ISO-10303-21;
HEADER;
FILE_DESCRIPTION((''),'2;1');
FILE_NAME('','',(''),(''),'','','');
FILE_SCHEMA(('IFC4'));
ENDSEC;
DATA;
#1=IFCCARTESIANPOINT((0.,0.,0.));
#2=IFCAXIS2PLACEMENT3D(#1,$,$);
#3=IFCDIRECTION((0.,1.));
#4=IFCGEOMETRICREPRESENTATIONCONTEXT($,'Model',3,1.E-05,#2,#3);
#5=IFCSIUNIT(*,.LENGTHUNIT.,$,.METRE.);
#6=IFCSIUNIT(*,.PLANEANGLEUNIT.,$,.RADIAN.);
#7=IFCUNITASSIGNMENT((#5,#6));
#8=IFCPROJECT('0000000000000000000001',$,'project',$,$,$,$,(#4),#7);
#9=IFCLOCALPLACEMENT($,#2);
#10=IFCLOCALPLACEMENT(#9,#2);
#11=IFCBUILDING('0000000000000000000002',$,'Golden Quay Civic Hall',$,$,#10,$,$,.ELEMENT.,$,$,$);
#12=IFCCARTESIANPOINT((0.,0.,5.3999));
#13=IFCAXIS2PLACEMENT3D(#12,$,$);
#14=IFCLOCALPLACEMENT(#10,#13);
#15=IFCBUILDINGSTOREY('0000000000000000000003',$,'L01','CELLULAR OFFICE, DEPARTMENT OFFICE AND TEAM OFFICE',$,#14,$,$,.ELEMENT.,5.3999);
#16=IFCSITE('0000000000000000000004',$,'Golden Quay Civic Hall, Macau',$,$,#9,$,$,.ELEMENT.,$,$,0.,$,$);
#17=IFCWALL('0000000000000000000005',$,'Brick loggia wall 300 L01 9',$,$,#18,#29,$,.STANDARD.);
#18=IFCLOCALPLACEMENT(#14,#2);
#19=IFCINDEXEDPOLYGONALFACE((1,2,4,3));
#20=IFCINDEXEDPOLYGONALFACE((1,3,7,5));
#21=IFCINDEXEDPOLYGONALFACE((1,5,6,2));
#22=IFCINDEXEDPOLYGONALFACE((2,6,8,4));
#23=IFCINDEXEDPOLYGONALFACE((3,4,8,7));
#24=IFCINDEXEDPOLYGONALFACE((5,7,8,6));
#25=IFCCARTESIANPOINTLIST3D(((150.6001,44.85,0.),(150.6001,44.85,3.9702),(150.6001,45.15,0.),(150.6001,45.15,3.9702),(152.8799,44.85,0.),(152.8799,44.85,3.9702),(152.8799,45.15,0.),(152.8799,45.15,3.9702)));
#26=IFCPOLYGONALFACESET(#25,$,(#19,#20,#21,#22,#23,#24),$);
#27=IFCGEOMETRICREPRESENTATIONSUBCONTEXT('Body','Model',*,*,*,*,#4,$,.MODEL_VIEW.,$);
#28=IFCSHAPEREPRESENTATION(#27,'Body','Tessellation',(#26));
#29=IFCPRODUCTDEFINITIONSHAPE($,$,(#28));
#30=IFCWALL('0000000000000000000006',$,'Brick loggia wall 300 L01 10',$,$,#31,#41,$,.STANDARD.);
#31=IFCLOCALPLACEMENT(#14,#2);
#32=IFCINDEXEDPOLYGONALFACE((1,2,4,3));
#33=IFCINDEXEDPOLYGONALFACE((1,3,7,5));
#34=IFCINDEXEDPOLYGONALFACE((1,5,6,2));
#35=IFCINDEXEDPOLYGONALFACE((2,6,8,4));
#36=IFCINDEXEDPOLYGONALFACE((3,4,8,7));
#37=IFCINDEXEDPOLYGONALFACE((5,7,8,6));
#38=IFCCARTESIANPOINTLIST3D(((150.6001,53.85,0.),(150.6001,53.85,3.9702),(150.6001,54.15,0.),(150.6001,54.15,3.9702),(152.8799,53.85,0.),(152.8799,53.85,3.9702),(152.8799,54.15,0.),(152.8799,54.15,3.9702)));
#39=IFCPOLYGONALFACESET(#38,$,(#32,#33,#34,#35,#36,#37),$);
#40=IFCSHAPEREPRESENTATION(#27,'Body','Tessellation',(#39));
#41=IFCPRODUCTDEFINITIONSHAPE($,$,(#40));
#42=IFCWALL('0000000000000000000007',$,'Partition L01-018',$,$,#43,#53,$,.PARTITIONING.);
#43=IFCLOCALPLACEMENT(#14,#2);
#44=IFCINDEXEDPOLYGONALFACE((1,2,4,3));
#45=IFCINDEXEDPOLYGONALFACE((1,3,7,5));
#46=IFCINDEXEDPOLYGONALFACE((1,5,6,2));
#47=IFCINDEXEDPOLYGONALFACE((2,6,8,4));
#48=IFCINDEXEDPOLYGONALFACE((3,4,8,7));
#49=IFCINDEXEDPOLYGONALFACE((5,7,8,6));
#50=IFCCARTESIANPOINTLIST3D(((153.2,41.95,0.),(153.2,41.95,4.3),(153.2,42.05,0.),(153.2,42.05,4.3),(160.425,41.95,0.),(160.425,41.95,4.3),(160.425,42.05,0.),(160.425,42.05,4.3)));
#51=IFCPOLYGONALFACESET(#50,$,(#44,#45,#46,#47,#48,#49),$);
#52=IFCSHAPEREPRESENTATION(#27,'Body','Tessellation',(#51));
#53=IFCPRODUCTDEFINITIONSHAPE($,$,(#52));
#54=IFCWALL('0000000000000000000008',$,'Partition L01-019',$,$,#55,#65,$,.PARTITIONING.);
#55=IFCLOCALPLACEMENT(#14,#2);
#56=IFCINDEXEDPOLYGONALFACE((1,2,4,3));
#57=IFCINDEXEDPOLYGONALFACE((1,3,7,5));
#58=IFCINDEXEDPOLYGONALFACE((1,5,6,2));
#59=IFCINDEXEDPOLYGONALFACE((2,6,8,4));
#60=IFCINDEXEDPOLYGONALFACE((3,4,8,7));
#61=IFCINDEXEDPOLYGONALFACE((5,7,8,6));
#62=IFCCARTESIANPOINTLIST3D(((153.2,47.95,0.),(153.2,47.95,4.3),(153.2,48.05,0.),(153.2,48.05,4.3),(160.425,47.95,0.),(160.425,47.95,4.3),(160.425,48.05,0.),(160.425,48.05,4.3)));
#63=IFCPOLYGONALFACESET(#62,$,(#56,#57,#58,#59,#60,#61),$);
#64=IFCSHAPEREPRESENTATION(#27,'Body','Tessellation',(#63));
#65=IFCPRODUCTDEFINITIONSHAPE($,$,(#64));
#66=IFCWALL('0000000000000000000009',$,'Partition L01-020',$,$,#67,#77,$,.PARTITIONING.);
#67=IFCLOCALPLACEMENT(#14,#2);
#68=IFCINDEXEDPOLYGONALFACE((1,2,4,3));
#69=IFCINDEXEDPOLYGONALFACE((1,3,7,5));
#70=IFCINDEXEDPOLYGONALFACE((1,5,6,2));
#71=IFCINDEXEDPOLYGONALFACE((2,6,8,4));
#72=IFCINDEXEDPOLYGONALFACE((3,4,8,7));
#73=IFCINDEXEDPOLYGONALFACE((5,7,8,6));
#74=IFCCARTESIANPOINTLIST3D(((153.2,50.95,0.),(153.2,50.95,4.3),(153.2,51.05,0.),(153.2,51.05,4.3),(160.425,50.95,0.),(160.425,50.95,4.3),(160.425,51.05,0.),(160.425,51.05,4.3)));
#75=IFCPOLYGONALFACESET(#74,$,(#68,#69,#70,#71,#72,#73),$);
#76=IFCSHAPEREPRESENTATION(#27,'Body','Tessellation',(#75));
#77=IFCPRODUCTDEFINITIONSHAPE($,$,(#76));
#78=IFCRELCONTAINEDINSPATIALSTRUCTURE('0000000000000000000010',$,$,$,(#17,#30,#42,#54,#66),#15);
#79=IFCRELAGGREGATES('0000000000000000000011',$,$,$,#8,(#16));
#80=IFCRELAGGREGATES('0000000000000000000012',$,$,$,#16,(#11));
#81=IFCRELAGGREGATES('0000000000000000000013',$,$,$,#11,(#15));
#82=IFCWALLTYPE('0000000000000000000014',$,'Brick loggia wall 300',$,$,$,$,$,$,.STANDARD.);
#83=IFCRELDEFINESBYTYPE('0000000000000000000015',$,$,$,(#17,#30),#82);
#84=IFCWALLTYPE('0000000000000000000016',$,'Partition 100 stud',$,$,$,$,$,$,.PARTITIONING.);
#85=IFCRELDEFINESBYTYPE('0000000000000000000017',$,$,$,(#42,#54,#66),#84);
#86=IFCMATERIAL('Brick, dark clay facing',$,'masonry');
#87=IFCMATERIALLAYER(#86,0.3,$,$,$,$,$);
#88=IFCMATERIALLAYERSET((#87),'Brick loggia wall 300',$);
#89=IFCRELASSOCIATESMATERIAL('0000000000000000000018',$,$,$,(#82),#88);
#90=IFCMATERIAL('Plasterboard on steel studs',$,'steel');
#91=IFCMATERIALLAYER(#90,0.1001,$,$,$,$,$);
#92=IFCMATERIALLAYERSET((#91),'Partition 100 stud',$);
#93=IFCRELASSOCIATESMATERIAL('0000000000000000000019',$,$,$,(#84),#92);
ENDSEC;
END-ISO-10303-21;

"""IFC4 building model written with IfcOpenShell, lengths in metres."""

from ifc_helpers import new_model, si_unit, direction, frame, frame_2d, origin, place, context, subcontext, project, spatial, rectangle, extrude, material, layer, layer_set, type_object, element, save


model = new_model("IFC4")

# Units and contexts
model_context = context("Model", 3, precision=1e-05, world=origin(), true_north=direction((0.0, 1.0)))
body_context = subcontext(model_context, "Body", "Model", "MODEL_VIEW")
ifc_project = project(units=[si_unit("LENGTHUNIT", "METRE"), si_unit("PLANEANGLEUNIT", "RADIAN")], contexts=[model_context])

# Site, building, storey
site_placement = place(None, origin())
site = spatial("IfcSite", under=ifc_project, at=site_placement, Name="Golden Quay Civic Hall, Macau", CompositionType="ELEMENT", RefElevation=0.0)
building_placement = place(site_placement, origin())
building = spatial("IfcBuilding", under=site, at=building_placement, Name="Golden Quay Civic Hall", CompositionType="ELEMENT")
storey_placement = place(building_placement, frame((0.0, 0.0, 5.3999)))
storey = spatial("IfcBuildingStorey", under=building, at=storey_placement, Name="L01", Description="CELLULAR OFFICE, DEPARTMENT OFFICE AND TEAM OFFICE", CompositionType="ELEMENT", Elevation=5.3999)

# Walls
ifc_material_1 = material(Name="Brick, dark clay facing", Category="masonry")
ifc_layer_1 = layer(ifc_material_1, 0.3)
ifc_layer_set_1 = layer_set([ifc_layer_1], Name="Brick loggia wall 300")
wall_type_1 = type_object("IfcWallType", Name="Brick loggia wall 300", PredefinedType="STANDARD", material=ifc_layer_set_1)
for number, where, z_axis, x_axis, name in (
    (1, (152.8799, 45.0, 0.0), (0.0, 0.0, 1.0), (-1.0, 0.0, 0.0), "Brick loggia wall 300 L01 9"),
    (2, (152.8799, 54.0, 0.0), (0.0, 0.0, 1.0), (-1.0, 0.0, 0.0), "Brick loggia wall 300 L01 10"),
):
    element("IfcWall", number, at=place(storey_placement, frame(where, z_axis=z_axis, x_axis=x_axis)), inside=storey, type_object=wall_type_1, Name=name, PredefinedType="STANDARD", context=body_context, shape_type="SweptSolid", body=[
        extrude(rectangle(XDim=2.2798, YDim=0.3, at=frame_2d((1.1399, 0.0))), origin(), (0.0, 0.0, 1.0), 3.9702),
    ])
ifc_material_2 = material(Name="Plasterboard on steel studs", Category="steel")
ifc_layer_2 = layer(ifc_material_2, 0.1001)
ifc_layer_set_2 = layer_set([ifc_layer_2], Name="Partition 100 stud")
wall_type_2 = type_object("IfcWallType", Name="Partition 100 stud", PredefinedType="PARTITIONING", material=ifc_layer_set_2)
for number, where, z_axis, x_axis, name in (
    (3, (153.2, 42.0, 0.0), (0.0, 0.0, 1.0), (1.0, 0.0, 0.0), "Partition L01-018"),
    (4, (153.2, 48.0, 0.0), (0.0, 0.0, 1.0), (1.0, 0.0, 0.0), "Partition L01-019"),
    (5, (153.2, 51.0, 0.0), (0.0, 0.0, 1.0), (1.0, 0.0, 0.0), "Partition L01-020"),
):
    element("IfcWall", number, at=place(storey_placement, frame(where, z_axis=z_axis, x_axis=x_axis)), inside=storey, type_object=wall_type_2, Name=name, PredefinedType="PARTITIONING", context=body_context, shape_type="SweptSolid", body=[
        extrude(rectangle(XDim=7.2251, YDim=0.1001, at=frame_2d((3.6125, 0.0))), origin(), (0.0, 0.0, 1.0), 4.3),
    ])

save(model, "model.ifc")
